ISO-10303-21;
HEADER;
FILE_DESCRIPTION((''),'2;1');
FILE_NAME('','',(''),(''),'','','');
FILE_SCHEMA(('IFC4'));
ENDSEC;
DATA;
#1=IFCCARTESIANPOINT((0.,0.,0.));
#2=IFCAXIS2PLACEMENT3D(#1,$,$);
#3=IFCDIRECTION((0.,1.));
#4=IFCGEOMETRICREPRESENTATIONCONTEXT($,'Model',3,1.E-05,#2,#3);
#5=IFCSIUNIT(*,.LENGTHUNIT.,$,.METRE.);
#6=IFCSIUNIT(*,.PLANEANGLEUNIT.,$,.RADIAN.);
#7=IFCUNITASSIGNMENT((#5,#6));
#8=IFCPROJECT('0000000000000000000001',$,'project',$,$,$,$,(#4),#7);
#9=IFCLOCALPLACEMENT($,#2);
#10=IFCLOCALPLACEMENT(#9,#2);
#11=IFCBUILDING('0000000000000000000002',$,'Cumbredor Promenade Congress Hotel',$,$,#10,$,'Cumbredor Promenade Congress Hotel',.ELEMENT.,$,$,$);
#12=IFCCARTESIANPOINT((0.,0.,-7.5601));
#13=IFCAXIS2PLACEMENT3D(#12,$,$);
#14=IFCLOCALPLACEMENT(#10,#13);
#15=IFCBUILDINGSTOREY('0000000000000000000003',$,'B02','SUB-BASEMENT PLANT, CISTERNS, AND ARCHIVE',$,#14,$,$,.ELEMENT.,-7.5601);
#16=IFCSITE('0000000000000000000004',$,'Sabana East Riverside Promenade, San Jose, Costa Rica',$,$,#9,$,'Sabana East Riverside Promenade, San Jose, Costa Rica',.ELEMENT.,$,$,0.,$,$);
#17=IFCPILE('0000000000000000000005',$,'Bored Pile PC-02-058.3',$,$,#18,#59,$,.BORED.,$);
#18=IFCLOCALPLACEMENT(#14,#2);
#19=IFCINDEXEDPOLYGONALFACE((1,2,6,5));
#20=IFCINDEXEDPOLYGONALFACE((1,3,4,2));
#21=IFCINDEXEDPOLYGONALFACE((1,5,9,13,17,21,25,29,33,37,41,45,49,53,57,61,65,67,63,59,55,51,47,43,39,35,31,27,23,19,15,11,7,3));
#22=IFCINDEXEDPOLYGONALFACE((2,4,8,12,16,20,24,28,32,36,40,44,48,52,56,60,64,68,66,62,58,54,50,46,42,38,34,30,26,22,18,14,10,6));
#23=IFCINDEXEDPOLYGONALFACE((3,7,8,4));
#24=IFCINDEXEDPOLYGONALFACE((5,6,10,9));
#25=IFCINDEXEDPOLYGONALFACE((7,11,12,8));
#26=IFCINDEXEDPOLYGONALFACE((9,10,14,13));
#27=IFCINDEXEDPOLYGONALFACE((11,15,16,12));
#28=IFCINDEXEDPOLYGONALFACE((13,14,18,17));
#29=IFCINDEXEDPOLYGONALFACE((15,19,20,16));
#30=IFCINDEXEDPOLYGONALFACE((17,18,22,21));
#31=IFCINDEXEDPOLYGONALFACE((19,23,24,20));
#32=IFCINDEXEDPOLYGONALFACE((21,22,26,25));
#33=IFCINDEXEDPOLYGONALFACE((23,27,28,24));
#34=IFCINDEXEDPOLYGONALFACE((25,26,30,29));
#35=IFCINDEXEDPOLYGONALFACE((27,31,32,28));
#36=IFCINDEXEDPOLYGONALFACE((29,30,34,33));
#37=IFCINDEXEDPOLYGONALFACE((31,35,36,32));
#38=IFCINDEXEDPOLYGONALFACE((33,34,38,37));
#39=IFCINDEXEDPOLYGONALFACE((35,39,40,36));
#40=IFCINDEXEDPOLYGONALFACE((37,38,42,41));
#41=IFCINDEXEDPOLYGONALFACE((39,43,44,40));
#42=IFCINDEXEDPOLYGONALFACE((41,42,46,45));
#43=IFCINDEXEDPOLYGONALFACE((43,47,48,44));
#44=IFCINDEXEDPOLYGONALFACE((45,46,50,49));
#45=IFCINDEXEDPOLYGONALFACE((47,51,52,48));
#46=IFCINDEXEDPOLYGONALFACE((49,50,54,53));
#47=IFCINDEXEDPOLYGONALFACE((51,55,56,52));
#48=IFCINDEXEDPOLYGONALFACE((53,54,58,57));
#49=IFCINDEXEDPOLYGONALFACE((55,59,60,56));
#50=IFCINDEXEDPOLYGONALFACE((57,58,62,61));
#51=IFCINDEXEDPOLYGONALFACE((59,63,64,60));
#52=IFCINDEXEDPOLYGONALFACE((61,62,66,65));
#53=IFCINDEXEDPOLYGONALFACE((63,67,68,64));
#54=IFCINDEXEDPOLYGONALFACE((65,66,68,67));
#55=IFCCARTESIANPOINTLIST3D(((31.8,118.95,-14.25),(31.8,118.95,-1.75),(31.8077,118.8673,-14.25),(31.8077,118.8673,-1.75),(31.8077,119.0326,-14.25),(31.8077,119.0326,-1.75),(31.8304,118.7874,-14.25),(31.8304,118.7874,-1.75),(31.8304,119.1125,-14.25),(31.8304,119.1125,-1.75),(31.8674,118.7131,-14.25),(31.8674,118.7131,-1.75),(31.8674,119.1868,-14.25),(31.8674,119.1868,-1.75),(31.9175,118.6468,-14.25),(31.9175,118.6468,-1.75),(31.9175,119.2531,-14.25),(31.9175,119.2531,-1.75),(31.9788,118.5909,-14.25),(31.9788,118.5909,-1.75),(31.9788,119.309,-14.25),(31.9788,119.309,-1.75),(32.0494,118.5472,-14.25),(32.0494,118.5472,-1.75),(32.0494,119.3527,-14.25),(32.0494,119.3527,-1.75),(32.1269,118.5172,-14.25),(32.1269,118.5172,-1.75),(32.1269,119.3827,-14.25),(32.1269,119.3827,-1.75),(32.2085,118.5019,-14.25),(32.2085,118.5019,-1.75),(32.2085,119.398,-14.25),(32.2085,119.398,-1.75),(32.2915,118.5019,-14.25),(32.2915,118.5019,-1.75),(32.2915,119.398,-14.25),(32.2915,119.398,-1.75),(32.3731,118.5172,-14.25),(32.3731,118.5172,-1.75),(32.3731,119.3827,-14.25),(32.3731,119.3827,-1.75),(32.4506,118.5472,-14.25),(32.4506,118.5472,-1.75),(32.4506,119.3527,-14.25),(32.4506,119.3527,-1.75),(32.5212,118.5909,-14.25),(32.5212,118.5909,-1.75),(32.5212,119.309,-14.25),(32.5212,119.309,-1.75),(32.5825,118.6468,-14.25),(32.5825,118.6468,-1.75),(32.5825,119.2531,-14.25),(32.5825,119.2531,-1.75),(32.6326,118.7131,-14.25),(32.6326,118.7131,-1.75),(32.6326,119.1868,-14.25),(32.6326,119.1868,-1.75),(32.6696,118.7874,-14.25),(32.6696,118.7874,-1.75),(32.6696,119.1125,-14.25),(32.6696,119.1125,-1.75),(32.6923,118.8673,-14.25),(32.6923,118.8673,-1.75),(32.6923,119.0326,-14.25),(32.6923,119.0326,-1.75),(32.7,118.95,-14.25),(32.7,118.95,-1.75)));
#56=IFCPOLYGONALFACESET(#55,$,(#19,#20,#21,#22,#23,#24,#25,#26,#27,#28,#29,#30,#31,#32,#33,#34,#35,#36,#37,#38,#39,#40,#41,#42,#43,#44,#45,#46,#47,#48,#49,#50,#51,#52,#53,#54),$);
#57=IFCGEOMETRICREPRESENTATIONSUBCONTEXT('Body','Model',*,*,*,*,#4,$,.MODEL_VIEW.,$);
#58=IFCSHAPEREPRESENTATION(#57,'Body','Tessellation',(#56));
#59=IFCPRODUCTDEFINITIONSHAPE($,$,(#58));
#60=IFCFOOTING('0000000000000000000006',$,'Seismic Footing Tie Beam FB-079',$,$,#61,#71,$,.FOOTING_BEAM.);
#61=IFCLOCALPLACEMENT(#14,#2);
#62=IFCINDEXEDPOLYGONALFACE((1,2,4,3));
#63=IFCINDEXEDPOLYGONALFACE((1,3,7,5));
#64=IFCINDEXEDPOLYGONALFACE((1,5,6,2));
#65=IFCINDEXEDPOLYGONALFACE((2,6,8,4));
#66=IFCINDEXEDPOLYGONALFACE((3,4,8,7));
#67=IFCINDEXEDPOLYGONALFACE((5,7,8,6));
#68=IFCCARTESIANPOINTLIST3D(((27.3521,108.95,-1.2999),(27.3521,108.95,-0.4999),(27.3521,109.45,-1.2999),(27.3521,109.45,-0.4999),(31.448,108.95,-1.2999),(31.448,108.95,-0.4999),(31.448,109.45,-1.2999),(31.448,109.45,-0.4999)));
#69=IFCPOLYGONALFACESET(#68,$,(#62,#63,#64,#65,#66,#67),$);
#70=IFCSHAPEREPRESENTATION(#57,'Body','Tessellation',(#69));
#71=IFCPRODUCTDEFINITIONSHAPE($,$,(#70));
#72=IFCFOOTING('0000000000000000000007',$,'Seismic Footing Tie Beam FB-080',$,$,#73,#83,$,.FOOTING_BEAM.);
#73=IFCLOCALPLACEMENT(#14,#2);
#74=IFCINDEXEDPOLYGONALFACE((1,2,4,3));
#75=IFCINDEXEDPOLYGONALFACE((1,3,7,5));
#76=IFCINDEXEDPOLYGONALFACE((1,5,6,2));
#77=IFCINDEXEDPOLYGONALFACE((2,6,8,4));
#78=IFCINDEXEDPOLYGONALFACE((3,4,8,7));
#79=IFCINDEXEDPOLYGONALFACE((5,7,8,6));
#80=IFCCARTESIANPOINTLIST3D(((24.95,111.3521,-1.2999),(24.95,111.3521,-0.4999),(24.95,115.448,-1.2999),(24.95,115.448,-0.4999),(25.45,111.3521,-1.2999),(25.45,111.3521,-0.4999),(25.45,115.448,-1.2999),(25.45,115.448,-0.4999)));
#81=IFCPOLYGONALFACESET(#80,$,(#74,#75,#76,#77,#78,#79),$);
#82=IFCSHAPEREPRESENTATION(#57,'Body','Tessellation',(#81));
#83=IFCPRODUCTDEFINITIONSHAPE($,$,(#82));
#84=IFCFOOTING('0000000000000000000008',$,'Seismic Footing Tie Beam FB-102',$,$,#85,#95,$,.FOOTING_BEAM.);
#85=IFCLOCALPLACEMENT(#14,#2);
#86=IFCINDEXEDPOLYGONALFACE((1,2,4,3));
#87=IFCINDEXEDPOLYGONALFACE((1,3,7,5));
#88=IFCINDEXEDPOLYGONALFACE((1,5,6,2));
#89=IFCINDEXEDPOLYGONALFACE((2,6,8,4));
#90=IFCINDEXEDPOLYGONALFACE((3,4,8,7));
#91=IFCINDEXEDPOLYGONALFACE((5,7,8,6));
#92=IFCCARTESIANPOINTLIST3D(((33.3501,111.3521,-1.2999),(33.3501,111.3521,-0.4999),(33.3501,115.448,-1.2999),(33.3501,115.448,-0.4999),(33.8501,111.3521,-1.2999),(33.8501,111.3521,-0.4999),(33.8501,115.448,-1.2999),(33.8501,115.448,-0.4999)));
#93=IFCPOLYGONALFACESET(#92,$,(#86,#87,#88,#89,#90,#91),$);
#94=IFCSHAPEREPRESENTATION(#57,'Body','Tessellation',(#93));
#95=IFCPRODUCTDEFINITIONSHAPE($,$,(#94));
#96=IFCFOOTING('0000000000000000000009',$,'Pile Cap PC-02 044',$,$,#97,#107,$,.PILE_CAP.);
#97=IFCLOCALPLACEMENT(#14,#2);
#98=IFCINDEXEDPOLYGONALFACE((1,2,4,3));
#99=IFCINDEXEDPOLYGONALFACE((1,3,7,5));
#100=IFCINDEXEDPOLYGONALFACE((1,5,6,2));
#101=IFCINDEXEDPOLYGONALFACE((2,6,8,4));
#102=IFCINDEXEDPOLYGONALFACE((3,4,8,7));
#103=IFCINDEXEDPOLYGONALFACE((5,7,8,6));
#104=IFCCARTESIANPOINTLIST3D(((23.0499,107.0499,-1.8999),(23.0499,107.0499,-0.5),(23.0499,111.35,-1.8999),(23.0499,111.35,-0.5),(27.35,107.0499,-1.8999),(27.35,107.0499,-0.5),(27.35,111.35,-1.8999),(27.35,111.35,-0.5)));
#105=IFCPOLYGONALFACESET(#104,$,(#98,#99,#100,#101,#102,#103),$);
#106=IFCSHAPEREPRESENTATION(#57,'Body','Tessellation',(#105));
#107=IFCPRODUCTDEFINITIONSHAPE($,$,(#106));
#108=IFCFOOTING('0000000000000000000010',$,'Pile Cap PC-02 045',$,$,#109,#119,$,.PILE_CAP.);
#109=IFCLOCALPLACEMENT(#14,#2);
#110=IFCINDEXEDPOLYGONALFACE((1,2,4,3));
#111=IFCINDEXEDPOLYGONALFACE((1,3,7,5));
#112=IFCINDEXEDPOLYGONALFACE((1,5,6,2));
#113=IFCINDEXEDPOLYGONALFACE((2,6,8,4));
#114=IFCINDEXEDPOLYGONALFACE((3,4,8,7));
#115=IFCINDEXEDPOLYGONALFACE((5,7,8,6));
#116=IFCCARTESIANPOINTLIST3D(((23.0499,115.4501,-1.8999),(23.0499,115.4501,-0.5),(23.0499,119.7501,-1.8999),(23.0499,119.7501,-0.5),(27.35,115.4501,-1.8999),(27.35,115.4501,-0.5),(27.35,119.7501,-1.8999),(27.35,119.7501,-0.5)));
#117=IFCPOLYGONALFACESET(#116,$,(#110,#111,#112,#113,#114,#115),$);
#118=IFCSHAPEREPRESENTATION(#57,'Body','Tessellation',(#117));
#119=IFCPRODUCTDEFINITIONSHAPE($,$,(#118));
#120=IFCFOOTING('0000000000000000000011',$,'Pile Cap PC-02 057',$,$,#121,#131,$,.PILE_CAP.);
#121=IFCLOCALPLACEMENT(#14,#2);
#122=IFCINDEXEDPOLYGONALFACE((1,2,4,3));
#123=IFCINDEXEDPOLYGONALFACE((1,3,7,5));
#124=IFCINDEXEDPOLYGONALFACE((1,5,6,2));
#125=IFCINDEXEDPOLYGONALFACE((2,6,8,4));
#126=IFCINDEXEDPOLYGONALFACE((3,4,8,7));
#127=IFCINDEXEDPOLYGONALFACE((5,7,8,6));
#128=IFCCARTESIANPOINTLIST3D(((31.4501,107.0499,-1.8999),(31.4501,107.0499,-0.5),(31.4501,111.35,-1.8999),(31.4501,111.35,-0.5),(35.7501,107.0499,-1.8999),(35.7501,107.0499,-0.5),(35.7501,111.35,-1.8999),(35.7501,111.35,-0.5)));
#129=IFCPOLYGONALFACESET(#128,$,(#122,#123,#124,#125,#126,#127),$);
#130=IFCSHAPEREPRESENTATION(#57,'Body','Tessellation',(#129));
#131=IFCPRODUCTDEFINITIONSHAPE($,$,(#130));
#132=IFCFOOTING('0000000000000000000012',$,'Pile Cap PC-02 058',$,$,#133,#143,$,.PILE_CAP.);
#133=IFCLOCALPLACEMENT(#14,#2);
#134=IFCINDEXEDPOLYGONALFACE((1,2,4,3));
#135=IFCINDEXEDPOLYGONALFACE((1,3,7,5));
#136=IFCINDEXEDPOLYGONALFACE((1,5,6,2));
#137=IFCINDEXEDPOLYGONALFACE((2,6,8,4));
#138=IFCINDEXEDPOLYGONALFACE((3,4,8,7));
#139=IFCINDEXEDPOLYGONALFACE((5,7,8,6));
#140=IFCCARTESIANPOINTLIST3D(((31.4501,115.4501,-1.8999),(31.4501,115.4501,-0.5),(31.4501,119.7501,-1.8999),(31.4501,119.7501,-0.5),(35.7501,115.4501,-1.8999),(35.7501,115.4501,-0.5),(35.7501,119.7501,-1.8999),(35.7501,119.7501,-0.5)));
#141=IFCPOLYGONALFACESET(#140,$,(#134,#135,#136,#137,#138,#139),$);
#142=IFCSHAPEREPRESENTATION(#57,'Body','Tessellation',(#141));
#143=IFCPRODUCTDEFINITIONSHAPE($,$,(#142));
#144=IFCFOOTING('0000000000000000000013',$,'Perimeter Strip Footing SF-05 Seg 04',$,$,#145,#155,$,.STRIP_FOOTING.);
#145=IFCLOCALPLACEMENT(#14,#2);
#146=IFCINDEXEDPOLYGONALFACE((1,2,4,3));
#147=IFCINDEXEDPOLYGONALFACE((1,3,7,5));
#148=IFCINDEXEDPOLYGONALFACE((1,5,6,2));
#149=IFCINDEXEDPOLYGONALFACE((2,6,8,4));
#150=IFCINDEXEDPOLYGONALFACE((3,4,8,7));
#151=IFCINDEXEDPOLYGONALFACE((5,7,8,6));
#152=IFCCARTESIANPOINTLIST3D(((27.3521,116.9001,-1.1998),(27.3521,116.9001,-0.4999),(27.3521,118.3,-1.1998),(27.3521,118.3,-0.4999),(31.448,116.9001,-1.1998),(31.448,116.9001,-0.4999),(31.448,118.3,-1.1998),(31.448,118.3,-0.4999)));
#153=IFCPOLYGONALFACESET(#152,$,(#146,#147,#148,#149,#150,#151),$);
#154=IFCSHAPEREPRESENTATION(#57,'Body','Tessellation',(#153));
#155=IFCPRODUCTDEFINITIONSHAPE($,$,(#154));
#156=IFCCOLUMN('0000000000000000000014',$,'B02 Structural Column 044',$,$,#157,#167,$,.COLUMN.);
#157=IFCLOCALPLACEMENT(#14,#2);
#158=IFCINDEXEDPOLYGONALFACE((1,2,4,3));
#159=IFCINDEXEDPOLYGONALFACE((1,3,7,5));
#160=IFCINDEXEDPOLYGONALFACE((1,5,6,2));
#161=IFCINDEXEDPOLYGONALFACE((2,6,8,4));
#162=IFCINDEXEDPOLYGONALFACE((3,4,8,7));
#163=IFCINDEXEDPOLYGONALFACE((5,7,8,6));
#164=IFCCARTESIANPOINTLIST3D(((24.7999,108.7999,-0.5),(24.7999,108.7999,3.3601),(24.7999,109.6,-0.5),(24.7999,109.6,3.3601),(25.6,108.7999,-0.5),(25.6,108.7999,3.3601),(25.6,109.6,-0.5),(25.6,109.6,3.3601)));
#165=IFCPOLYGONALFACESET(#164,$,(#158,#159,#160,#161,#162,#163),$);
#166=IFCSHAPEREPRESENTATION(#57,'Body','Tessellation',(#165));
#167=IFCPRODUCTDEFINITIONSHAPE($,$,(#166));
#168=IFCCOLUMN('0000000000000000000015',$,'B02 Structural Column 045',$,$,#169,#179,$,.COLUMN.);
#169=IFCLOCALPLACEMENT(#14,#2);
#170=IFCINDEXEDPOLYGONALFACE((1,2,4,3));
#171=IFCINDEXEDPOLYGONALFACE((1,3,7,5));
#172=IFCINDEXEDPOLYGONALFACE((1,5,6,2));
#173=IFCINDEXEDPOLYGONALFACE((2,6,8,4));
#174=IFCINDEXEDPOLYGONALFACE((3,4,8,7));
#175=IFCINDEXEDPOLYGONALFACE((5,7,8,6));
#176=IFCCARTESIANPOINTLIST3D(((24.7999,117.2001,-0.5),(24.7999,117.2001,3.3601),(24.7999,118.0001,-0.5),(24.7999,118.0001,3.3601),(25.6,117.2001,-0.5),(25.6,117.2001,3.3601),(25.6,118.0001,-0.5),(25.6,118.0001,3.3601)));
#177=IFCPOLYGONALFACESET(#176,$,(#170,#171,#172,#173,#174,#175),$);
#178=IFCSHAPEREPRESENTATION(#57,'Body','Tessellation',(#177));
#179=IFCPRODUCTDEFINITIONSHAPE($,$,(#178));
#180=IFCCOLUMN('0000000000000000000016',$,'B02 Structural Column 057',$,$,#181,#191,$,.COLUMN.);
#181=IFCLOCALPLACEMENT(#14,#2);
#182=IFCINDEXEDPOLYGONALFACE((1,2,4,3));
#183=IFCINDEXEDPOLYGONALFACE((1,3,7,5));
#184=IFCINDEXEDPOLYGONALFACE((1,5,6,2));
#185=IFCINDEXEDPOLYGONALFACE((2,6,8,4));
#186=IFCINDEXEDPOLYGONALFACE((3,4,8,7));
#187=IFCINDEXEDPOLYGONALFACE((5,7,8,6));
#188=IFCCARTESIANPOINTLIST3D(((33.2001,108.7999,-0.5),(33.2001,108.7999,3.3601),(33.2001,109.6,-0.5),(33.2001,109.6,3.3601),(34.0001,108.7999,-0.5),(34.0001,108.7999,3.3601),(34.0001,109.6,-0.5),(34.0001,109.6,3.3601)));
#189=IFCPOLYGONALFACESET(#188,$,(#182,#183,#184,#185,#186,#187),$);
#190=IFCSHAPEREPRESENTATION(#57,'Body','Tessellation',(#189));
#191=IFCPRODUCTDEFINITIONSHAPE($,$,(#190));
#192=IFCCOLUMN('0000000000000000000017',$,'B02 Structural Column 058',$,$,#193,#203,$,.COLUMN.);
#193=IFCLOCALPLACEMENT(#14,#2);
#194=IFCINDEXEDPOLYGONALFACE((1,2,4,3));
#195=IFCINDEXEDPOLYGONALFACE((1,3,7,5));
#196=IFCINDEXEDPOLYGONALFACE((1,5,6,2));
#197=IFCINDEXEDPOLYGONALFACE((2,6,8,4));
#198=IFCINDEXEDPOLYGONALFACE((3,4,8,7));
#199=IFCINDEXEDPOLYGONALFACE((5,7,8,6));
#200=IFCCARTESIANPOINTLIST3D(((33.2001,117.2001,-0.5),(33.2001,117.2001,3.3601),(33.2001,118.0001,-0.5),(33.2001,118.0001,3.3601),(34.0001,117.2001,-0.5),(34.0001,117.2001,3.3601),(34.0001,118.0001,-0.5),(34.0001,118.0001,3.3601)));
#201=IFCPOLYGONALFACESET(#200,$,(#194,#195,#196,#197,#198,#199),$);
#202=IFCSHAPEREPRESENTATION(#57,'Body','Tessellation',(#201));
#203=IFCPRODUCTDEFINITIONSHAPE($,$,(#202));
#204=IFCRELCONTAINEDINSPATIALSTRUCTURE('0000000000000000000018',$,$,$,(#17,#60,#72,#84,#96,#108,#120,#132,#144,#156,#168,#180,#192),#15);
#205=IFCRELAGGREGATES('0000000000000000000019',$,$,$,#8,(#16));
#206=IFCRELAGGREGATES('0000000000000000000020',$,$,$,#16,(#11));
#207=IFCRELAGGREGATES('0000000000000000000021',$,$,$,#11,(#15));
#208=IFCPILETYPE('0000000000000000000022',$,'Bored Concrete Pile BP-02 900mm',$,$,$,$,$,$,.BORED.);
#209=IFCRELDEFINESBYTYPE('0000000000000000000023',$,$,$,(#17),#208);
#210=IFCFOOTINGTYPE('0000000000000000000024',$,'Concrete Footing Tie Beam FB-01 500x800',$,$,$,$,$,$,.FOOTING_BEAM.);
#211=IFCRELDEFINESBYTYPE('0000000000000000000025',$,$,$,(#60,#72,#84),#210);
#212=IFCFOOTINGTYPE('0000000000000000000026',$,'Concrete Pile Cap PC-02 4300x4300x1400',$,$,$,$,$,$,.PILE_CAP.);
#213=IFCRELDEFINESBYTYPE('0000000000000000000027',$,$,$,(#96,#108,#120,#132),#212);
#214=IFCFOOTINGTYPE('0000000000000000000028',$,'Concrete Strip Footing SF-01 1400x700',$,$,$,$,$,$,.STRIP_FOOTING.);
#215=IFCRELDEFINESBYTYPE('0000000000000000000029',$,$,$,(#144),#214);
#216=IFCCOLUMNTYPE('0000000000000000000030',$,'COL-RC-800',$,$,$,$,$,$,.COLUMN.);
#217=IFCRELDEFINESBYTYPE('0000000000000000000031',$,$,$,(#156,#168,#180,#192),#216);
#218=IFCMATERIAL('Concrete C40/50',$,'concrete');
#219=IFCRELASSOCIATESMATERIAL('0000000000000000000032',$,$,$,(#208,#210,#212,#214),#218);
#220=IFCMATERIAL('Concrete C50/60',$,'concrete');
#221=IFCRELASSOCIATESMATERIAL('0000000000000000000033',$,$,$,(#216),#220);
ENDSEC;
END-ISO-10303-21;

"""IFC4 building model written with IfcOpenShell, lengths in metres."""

from ifc_helpers import new_model, si_unit, direction, frame, origin, origin_2d, place, context, subcontext, project, spatial, rectangle, circle, extrude, material, material_profile, profile_set, type_object, element, save


model = new_model("IFC4")

# Units and contexts
model_context = context("Model", 3, precision=1e-05, world=origin(), true_north=direction((0.0, 1.0)))
body_context = subcontext(model_context, "Body", "Model", "MODEL_VIEW")
ifc_project = project(units=[si_unit("LENGTHUNIT", "METRE"), si_unit("PLANEANGLEUNIT", "RADIAN")], contexts=[model_context])

# Site, building, storey
site_placement = place(None, origin())
site = spatial("IfcSite", under=ifc_project, at=site_placement, Name="Sabana East Riverside Promenade, San Jose, Costa Rica", LongName="Sabana East Riverside Promenade, San Jose, Costa Rica", CompositionType="ELEMENT", RefElevation=0.0)
building_placement = place(site_placement, origin())
building = spatial("IfcBuilding", under=site, at=building_placement, Name="Cumbredor Promenade Congress Hotel", LongName="Cumbredor Promenade Congress Hotel", CompositionType="ELEMENT")
storey_placement = place(building_placement, frame((0.0, 0.0, -7.5601)))
storey = spatial("IfcBuildingStorey", under=building, at=storey_placement, Name="B02", Description="SUB-BASEMENT PLANT, CISTERNS, AND ARCHIVE", CompositionType="ELEMENT", Elevation=-7.5601)

# Pile
ifc_material_1 = material(Name="Concrete C40/50", Category="concrete")
ifc_material_profile_1 = material_profile(ifc_material_1, circle(Radius=0.45, at=origin_2d()), Name="PILE D900")
ifc_profile_set_1 = profile_set([ifc_material_profile_1], Name="Concrete C40/50")
pile_type = type_object("IfcPileType", Name="Bored Concrete Pile BP-02 900mm", PredefinedType="BORED", material=ifc_profile_set_1)
for number, where, z_axis, x_axis, name in (
    (1, (32.25, 118.95, -1.75), (0.0, 0.0, -1.0), (1.0, 0.0, 0.0), "Bored Pile PC-02-058.3"),
):
    element("IfcPile", number, at=place(storey_placement, frame(where, z_axis=z_axis, x_axis=x_axis)), inside=storey, type_object=pile_type, Name=name, PredefinedType="BORED", context=body_context, shape_type="SweptSolid", body=[
        extrude(circle(Radius=0.45, at=origin_2d()), origin(), (0.0, 0.0, 1.0), 12.5),
    ])

# Footings
ifc_material_profile_2 = material_profile(ifc_material_1, rectangle(XDim=0.5, YDim=0.8, at=origin_2d()), Name="FB 500x800")
ifc_profile_set_2 = profile_set([ifc_material_profile_2], Name="Concrete C40/50")
footing_type_1 = type_object("IfcFootingType", Name="Concrete Footing Tie Beam FB-01 500x800", PredefinedType="FOOTING_BEAM", material=ifc_profile_set_2)
for number, where, z_axis, x_axis, name in (
    (2, (27.3521, 109.2, -0.8999), (1.0, 0.0, 0.0), (0.0, 1.0, 0.0), "Seismic Footing Tie Beam FB-079"),
    (3, (25.2, 111.3521, -0.8999), (0.0, 1.0, 0.0), (-1.0, 0.0, 0.0), "Seismic Footing Tie Beam FB-080"),
    (4, (33.6001, 111.3521, -0.8999), (0.0, 1.0, 0.0), (-1.0, 0.0, 0.0), "Seismic Footing Tie Beam FB-102"),
):
    element("IfcFooting", number, at=place(storey_placement, frame(where, z_axis=z_axis, x_axis=x_axis)), inside=storey, type_object=footing_type_1, Name=name, PredefinedType="FOOTING_BEAM", context=body_context, shape_type="SweptSolid", body=[
        extrude(rectangle(XDim=0.5, YDim=0.8, at=origin_2d()), origin(), (0.0, 0.0, 1.0), 4.0959),
    ])
footing_type_2 = type_object("IfcFootingType", Name="Concrete Pile Cap PC-02 4300x4300x1400", PredefinedType="PILE_CAP", material=ifc_material_1)
for number, where, z_axis, x_axis, name in (
    (5, (25.2, 109.2, -1.8999), (0.0, 0.0, 1.0), (1.0, 0.0, 0.0), "Pile Cap PC-02 044"),
    (6, (25.2, 117.6001, -1.8999), (0.0, 0.0, 1.0), (1.0, 0.0, 0.0), "Pile Cap PC-02 045"),
    (7, (33.6001, 109.2, -1.8999), (0.0, 0.0, 1.0), (1.0, 0.0, 0.0), "Pile Cap PC-02 057"),
    (8, (33.6001, 117.6001, -1.8999), (0.0, 0.0, 1.0), (1.0, 0.0, 0.0), "Pile Cap PC-02 058"),
):
    element("IfcFooting", number, at=place(storey_placement, frame(where, z_axis=z_axis, x_axis=x_axis)), inside=storey, type_object=footing_type_2, Name=name, PredefinedType="PILE_CAP", context=body_context, shape_type="SweptSolid", body=[
        extrude(rectangle(XDim=4.3, YDim=4.3, at=origin_2d()), origin(), (0.0, 0.0, 1.0), 1.3999),
    ])
ifc_material_profile_3 = material_profile(ifc_material_1, rectangle(XDim=1.3999, YDim=0.7, at=origin_2d()), Name="SF 1400x700")
ifc_profile_set_3 = profile_set([ifc_material_profile_3], Name="Concrete C40/50")
footing_type_3 = type_object("IfcFootingType", Name="Concrete Strip Footing SF-01 1400x700", PredefinedType="STRIP_FOOTING", material=ifc_profile_set_3)
footing_placement = place(storey_placement, frame((27.3521, 117.6001, -0.8499), z_axis=(1.0, 0.0, 0.0), x_axis=(0.0, 1.0, 0.0)))
element("IfcFooting", 9, at=footing_placement, inside=storey, type_object=footing_type_3, Name="Perimeter Strip Footing SF-05 Seg 04", PredefinedType="STRIP_FOOTING", context=body_context, shape_type="SweptSolid", body=[
    extrude(rectangle(XDim=1.3999, YDim=0.7, at=origin_2d()), origin(), (0.0, 0.0, 1.0), 4.0959),
])

# Columns
ifc_material_2 = material(Name="Concrete C50/60", Category="concrete")
ifc_material_profile_4 = material_profile(ifc_material_2, rectangle(XDim=0.8, YDim=0.8, at=origin_2d()), Name="RC 800x800")
ifc_profile_set_4 = profile_set([ifc_material_profile_4], Name="Concrete C50/60")
column_type = type_object("IfcColumnType", Name="COL-RC-800", PredefinedType="COLUMN", material=ifc_profile_set_4)
for number, where, z_axis, x_axis, name in (
    (10, (25.2, 109.2, -0.5), (0.0, 0.0, 1.0), (1.0, 0.0, 0.0), "B02 Structural Column 044"),
    (11, (25.2, 117.6001, -0.5), (0.0, 0.0, 1.0), (1.0, 0.0, 0.0), "B02 Structural Column 045"),
    (12, (33.6001, 109.2, -0.5), (0.0, 0.0, 1.0), (1.0, 0.0, 0.0), "B02 Structural Column 057"),
    (13, (33.6001, 117.6001, -0.5), (0.0, 0.0, 1.0), (1.0, 0.0, 0.0), "B02 Structural Column 058"),
):
    element("IfcColumn", number, at=place(storey_placement, frame(where, z_axis=z_axis, x_axis=x_axis)), inside=storey, type_object=column_type, Name=name, PredefinedType="COLUMN", context=body_context, shape_type="SweptSolid", body=[
        extrude(rectangle(XDim=0.8, YDim=0.8, at=origin_2d()), origin(), (0.0, 0.0, 1.0), 3.8601),
    ])

save(model, "model.ifc")
